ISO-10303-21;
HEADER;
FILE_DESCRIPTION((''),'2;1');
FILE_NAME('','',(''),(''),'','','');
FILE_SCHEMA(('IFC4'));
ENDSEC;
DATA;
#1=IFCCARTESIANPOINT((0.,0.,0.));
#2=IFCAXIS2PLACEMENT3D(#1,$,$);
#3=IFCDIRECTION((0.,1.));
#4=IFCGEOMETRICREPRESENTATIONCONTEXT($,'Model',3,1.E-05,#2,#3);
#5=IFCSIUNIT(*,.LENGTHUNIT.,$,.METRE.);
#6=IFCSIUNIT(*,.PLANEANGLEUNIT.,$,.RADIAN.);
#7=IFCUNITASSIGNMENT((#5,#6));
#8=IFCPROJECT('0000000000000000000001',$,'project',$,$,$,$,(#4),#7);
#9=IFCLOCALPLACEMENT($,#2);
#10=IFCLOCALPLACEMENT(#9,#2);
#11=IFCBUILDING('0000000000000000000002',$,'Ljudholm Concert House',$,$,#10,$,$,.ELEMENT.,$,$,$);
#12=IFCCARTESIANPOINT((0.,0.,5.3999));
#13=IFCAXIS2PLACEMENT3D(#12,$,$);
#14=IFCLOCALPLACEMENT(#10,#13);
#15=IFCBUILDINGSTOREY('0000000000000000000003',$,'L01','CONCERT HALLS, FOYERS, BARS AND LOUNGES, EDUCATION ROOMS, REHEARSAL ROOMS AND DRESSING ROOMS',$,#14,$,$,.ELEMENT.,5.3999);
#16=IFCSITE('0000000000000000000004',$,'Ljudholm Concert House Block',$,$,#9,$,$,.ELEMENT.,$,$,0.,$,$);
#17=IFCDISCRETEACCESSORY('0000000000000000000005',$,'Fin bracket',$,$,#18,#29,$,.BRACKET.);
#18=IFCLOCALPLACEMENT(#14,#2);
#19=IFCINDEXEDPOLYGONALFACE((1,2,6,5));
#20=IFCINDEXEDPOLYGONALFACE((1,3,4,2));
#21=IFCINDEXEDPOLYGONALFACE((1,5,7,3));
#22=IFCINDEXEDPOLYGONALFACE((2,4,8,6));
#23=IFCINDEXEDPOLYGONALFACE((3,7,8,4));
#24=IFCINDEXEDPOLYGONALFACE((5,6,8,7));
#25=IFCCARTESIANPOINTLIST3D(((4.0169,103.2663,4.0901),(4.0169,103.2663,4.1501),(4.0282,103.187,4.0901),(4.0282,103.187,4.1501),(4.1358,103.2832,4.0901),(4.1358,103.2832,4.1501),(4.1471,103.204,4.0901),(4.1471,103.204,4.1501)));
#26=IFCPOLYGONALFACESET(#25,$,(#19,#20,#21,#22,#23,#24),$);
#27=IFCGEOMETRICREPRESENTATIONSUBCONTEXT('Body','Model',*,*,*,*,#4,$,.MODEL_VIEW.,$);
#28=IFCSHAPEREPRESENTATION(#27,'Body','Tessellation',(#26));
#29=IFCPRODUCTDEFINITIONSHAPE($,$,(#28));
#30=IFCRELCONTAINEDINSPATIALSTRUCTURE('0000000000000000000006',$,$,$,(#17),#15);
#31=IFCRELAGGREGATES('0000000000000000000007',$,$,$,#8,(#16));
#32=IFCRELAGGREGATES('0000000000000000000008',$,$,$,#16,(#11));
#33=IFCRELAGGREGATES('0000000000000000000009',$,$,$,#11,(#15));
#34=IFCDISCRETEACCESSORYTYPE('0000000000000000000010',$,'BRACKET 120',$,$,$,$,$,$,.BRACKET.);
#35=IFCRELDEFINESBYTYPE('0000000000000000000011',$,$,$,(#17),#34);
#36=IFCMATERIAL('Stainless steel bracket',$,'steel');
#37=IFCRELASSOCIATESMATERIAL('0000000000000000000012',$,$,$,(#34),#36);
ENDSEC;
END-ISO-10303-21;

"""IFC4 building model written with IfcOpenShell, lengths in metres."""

from ifc_helpers import new_model, si_unit, direction, frame, origin, origin_2d, place, context, subcontext, project, spatial, rectangle, extrude, material, type_object, element, save


model = new_model("IFC4")

# Units and contexts
model_context = context("Model", 3, precision=1e-05, world=origin(), true_north=direction((0.0, 1.0)))
body_context = subcontext(model_context, "Body", "Model", "MODEL_VIEW")
ifc_project = project(units=[si_unit("LENGTHUNIT", "METRE"), si_unit("PLANEANGLEUNIT", "RADIAN")], contexts=[model_context])

# Site, building, storey
site_placement = place(None, origin())
site = spatial("IfcSite", under=ifc_project, at=site_placement, Name="Ljudholm Concert House Block", CompositionType="ELEMENT", RefElevation=0.0)
building_placement = place(site_placement, origin())
building = spatial("IfcBuilding", under=site, at=building_placement, Name="Ljudholm Concert House", CompositionType="ELEMENT")
storey_placement = place(building_placement, frame((0.0, 0.0, 5.3999)))
storey = spatial("IfcBuildingStorey", under=building, at=storey_placement, Name="L01", Description="CONCERT HALLS, FOYERS, BARS AND LOUNGES, EDUCATION ROOMS, REHEARSAL ROOMS AND DRESSING ROOMS", CompositionType="ELEMENT", Elevation=5.3999)

# Discrete accessory
ifc_material_1 = material(Name="Stainless steel bracket", Category="steel")
discrete_accessory_type = type_object("IfcDiscreteAccessoryType", Name="BRACKET 120", PredefinedType="BRACKET", material=ifc_material_1)
for number, where, z_axis, x_axis, name in (
    (1, (4.082, 103.2351, 4.0901), (0.0, 0.0, 1.0), (-0.989949, -0.141421, 0.0), "Fin bracket"),
):
    element("IfcDiscreteAccessory", number, at=place(storey_placement, frame(where, z_axis=z_axis, x_axis=x_axis)), inside=storey, type_object=discrete_accessory_type, Name=name, PredefinedType="BRACKET", context=body_context, shape_type="SweptSolid", body=[
        extrude(rectangle(XDim=0.1201, YDim=0.0801, at=origin_2d()), origin(), (0.0, 0.0, 1.0), 0.0601),
    ])

save(model, "model.ifc")
